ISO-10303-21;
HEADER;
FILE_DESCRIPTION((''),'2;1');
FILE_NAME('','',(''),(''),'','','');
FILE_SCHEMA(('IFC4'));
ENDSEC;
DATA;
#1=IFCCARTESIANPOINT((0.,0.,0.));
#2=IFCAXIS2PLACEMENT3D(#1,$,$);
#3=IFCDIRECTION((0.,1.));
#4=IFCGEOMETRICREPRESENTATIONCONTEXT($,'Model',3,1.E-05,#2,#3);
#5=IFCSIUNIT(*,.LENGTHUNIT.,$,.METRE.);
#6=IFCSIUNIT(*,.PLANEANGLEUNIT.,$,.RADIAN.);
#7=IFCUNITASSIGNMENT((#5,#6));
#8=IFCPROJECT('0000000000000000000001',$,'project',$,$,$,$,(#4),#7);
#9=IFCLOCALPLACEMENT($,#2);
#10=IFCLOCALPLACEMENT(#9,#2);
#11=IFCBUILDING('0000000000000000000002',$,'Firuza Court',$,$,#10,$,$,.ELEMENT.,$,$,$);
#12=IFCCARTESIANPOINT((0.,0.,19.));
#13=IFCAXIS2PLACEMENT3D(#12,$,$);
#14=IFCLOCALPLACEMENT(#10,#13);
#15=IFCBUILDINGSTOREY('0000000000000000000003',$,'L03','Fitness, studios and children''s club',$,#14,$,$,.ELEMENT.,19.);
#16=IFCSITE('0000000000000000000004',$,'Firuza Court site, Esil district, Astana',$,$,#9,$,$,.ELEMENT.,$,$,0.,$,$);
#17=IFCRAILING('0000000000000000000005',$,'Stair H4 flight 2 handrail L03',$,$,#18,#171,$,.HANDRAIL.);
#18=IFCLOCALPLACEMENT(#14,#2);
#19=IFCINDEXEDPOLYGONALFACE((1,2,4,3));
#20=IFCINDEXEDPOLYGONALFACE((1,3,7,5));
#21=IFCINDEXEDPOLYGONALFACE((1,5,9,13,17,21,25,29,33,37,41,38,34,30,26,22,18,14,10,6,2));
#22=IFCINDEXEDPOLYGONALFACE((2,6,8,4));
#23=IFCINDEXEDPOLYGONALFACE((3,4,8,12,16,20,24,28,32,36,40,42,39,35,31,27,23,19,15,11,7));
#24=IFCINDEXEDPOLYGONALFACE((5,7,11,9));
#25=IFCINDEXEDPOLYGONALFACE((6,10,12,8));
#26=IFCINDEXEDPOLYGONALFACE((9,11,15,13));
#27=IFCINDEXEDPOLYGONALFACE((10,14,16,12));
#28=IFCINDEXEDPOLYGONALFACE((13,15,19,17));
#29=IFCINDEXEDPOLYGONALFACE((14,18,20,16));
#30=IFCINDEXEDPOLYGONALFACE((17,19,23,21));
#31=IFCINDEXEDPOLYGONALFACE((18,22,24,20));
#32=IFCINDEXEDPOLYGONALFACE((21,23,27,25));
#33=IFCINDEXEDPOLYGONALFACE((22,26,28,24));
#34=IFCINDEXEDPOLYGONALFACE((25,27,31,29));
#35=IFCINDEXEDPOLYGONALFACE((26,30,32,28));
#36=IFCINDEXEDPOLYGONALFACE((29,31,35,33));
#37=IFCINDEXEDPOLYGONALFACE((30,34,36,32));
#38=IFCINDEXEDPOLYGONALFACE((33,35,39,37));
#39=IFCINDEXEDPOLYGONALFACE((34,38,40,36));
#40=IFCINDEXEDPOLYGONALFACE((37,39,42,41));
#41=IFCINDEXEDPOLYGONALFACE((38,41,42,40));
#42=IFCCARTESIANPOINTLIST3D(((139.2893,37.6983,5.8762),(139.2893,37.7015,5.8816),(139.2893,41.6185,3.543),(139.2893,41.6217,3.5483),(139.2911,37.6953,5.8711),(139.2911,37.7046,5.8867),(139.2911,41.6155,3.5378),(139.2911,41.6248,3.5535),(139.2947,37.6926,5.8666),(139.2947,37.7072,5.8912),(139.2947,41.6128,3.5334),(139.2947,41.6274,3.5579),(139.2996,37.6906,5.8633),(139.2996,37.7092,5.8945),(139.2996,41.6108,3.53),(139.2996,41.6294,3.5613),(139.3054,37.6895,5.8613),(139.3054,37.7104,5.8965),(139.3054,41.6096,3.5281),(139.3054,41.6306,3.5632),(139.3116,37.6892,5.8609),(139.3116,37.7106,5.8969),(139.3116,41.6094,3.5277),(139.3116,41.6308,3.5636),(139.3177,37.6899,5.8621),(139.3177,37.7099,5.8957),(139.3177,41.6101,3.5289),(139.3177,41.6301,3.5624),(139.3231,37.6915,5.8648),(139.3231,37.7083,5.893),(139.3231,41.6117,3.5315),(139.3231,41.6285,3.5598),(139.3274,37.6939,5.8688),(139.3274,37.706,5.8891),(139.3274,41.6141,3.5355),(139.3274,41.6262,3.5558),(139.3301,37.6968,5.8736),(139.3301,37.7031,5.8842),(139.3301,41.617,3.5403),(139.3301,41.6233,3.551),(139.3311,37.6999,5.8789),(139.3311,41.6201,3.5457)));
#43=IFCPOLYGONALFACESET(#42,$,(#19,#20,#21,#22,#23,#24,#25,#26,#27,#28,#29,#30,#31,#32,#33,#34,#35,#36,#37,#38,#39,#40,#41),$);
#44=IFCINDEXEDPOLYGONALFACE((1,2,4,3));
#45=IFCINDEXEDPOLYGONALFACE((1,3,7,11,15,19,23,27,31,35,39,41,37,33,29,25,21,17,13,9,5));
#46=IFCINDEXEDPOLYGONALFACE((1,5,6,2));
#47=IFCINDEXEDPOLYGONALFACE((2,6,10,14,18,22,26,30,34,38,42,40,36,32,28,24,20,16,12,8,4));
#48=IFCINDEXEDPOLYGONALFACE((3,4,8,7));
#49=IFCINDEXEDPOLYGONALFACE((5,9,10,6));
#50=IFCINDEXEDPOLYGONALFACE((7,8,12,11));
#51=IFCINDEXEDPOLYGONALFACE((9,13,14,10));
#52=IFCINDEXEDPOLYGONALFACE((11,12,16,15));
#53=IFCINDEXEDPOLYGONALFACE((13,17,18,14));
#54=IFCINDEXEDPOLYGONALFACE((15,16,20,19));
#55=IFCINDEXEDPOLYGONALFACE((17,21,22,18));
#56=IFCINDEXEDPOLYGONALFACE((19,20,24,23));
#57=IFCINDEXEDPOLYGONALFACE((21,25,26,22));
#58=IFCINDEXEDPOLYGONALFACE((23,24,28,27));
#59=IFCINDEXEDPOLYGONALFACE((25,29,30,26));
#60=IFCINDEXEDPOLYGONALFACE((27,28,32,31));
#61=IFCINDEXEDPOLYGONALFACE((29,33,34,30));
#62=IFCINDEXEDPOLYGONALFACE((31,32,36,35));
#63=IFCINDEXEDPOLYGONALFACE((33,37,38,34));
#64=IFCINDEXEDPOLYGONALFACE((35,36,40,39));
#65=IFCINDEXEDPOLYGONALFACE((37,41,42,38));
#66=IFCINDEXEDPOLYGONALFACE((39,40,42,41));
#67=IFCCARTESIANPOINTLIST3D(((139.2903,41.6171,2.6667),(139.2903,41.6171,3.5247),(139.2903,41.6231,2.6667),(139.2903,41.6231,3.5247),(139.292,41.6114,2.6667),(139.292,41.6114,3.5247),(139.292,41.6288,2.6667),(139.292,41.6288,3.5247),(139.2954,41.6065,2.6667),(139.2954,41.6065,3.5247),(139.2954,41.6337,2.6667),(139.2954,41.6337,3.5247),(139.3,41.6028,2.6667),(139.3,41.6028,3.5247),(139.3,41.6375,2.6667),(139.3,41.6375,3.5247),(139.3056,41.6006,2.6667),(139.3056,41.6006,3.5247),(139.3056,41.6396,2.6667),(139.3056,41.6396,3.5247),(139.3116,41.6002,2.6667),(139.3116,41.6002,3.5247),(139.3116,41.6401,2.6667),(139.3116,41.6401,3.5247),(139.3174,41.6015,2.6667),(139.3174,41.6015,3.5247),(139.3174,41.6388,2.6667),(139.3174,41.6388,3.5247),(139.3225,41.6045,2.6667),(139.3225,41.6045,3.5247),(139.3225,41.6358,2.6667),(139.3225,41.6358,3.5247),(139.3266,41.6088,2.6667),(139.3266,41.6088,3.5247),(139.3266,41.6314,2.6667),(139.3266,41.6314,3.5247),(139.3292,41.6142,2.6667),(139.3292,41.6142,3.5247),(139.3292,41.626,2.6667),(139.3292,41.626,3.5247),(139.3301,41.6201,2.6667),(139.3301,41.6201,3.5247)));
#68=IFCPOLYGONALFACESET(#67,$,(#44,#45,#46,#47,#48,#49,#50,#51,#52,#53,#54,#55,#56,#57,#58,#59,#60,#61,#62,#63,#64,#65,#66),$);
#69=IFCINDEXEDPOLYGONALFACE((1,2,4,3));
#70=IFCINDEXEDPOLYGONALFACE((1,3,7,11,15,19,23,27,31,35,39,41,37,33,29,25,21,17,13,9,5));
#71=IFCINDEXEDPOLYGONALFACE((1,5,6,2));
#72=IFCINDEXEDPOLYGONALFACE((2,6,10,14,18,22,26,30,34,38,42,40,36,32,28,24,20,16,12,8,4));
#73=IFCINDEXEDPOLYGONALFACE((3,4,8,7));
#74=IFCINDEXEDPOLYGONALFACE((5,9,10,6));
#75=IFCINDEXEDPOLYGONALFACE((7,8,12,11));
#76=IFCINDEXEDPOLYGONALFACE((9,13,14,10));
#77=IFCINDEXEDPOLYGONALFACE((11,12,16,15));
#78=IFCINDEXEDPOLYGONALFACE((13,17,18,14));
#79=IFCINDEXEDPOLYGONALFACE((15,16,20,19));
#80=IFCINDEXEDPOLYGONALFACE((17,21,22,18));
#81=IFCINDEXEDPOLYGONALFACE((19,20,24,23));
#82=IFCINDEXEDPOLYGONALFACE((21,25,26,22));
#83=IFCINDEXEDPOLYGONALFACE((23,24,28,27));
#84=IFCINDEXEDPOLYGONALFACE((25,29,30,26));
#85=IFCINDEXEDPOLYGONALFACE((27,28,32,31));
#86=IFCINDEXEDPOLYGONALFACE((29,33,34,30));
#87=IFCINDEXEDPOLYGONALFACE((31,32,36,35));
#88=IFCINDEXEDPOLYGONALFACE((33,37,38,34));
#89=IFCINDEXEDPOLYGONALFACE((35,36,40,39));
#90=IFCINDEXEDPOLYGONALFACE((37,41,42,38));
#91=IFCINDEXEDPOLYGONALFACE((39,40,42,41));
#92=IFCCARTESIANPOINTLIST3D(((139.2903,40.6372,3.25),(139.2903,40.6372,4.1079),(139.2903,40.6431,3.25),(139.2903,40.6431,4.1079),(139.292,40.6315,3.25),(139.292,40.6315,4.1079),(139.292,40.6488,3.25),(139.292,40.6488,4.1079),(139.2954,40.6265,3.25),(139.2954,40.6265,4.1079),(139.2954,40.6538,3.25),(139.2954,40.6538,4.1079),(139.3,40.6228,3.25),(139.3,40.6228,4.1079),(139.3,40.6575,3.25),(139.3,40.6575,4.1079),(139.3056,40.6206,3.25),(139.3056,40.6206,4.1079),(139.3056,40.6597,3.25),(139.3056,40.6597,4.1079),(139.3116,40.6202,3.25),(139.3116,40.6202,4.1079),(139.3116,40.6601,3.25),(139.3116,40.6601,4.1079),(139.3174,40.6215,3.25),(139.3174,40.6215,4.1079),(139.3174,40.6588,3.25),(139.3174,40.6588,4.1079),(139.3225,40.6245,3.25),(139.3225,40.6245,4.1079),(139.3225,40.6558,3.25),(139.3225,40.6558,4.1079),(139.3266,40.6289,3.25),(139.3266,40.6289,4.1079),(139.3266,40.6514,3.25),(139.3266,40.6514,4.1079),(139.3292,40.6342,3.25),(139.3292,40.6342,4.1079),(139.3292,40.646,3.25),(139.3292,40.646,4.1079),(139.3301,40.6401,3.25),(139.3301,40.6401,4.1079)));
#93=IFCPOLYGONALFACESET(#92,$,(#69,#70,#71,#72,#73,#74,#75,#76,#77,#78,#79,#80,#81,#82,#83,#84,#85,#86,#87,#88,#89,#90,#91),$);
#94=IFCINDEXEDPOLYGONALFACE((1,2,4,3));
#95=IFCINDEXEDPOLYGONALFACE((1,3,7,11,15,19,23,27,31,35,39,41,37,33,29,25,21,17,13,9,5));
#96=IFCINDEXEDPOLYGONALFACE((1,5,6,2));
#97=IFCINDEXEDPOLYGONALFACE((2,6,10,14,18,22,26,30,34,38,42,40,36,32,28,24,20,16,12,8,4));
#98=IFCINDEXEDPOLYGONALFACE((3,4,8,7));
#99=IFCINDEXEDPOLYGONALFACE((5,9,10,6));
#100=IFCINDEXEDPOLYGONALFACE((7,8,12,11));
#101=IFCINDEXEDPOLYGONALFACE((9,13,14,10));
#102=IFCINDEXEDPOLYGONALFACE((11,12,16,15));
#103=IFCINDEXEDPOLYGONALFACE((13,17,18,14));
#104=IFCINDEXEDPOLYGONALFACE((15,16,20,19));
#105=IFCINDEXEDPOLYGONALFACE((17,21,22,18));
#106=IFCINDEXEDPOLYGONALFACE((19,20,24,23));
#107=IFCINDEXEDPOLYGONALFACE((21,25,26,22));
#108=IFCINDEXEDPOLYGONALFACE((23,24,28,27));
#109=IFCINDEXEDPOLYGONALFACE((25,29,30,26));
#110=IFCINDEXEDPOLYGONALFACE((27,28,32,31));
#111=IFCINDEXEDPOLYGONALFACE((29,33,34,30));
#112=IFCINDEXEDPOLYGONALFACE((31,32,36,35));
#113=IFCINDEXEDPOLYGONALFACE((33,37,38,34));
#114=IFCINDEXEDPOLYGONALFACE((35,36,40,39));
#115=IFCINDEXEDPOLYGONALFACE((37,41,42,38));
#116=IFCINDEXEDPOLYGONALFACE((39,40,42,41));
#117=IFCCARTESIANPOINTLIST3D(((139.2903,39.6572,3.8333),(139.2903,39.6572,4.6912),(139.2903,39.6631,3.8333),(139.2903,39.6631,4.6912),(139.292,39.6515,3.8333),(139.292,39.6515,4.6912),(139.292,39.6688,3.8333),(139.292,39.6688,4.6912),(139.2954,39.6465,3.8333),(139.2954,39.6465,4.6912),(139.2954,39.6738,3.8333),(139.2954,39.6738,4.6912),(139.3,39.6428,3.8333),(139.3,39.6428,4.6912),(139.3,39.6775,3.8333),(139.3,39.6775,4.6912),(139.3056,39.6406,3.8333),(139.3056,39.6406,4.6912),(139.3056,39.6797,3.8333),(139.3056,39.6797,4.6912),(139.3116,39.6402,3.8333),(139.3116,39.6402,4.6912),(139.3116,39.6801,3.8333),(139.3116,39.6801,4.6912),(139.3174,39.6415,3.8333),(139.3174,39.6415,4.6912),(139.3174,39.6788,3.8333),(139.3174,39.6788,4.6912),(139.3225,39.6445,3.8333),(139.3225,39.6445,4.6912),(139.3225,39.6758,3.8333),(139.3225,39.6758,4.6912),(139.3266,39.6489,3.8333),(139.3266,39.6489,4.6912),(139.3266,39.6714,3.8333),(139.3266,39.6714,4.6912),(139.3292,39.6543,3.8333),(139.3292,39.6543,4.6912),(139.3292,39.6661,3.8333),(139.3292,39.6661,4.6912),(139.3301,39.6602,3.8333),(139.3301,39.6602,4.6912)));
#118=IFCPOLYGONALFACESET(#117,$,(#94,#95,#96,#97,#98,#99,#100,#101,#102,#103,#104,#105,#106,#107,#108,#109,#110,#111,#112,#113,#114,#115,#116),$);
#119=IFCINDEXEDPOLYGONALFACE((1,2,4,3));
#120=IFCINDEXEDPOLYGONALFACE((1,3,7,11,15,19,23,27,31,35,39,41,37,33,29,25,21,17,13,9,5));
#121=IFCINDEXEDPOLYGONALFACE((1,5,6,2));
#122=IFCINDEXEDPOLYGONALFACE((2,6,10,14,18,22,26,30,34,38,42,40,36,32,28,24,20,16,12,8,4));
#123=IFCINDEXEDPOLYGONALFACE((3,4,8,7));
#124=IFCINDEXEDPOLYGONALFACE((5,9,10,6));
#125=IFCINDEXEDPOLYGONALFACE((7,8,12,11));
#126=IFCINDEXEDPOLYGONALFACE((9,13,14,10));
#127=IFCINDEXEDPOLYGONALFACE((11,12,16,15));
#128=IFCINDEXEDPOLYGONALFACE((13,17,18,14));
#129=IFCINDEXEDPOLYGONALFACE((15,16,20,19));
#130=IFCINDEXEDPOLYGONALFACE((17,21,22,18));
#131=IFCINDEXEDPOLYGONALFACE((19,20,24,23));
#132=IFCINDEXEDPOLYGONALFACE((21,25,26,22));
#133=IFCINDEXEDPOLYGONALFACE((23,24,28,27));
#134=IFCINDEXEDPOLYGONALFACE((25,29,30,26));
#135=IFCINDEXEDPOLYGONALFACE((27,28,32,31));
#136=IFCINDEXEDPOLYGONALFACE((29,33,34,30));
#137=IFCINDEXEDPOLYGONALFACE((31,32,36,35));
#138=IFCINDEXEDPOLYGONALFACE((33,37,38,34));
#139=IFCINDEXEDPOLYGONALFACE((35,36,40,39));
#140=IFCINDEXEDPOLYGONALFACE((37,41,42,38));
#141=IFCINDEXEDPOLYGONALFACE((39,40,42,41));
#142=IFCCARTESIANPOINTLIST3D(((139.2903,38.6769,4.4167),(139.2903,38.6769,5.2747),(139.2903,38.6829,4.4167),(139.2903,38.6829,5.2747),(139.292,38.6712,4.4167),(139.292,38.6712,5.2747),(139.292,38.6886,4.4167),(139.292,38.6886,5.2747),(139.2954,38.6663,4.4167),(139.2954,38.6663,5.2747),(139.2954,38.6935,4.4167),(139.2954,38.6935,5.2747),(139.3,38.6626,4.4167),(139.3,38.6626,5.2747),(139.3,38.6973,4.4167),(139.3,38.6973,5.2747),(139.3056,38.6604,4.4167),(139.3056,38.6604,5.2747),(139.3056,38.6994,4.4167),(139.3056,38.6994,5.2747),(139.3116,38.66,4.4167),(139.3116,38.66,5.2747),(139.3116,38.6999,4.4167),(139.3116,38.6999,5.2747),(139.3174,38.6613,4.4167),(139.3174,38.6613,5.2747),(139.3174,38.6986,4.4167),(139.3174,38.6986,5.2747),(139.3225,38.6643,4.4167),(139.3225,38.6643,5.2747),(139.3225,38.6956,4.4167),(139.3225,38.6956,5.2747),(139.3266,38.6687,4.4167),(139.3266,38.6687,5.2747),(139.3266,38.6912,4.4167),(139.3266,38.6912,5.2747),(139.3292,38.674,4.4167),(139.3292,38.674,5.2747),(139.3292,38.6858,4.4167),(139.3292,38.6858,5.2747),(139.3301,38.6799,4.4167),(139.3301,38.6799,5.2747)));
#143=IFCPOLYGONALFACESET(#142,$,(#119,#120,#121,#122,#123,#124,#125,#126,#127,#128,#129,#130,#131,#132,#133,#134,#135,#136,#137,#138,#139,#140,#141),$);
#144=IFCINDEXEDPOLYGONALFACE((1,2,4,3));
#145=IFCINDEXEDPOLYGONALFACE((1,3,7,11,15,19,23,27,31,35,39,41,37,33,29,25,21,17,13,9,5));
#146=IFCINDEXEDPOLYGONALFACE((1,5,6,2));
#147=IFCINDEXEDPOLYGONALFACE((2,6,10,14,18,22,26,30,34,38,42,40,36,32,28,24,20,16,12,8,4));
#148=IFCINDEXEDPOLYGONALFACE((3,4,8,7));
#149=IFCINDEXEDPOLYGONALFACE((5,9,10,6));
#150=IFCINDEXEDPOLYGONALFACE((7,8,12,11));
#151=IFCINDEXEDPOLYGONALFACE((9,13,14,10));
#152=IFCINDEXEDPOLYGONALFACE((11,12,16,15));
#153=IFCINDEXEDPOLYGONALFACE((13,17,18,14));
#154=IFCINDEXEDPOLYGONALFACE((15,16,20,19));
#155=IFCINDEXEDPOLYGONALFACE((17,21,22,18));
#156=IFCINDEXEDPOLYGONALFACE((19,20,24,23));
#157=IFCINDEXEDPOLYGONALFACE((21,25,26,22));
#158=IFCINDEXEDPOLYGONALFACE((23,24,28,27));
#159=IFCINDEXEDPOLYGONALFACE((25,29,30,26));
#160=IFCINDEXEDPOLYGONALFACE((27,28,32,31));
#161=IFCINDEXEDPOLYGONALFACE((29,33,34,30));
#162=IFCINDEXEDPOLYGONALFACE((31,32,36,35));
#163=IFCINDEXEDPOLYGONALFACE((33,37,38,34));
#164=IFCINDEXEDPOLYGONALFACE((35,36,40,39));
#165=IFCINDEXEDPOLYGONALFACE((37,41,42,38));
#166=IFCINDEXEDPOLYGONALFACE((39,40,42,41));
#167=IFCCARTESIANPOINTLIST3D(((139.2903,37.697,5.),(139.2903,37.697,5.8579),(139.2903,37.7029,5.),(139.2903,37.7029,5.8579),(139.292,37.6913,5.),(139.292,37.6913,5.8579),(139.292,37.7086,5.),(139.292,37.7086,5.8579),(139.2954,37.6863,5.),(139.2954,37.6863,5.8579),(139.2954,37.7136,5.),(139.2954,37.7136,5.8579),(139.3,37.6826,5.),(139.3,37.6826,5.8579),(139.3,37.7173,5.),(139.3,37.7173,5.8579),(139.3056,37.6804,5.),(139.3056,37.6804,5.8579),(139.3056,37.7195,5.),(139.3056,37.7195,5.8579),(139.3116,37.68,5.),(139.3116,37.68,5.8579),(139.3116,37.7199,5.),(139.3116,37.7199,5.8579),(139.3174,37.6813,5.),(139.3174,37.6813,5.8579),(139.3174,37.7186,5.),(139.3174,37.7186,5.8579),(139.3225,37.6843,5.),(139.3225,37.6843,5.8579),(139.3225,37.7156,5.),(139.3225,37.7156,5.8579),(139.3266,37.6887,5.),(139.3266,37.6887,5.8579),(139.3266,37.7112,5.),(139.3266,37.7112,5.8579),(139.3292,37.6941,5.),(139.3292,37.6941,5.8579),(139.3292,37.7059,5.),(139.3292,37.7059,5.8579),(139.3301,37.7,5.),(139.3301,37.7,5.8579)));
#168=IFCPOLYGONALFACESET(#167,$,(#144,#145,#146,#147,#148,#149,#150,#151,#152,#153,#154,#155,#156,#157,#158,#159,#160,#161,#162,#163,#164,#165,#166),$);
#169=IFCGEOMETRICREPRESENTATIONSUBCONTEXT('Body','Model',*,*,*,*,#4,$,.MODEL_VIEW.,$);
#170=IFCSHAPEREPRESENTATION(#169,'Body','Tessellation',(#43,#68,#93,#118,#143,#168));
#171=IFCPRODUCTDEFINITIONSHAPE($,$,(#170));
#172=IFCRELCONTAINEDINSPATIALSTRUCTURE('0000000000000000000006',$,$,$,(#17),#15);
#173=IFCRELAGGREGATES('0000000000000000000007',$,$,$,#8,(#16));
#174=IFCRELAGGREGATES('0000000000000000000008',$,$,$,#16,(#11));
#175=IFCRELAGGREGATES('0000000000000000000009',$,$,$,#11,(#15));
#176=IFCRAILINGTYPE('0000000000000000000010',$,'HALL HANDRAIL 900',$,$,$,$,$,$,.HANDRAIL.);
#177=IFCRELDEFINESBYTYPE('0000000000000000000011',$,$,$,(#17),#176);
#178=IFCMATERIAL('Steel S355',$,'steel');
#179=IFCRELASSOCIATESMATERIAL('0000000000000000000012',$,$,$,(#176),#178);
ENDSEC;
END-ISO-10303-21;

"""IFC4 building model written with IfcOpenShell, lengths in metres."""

from ifc_helpers import new_model, si_unit, direction, frame, origin, origin_2d, place, context, subcontext, project, spatial, circle, extrude, material, type_object, element, save


model = new_model("IFC4")

# Units and contexts
model_context = context("Model", 3, precision=1e-05, world=origin(), true_north=direction((0.0, 1.0)))
body_context = subcontext(model_context, "Body", "Model", "MODEL_VIEW")
ifc_project = project(units=[si_unit("LENGTHUNIT", "METRE"), si_unit("PLANEANGLEUNIT", "RADIAN")], contexts=[model_context])

# Site, building, storey
site_placement = place(None, origin())
site = spatial("IfcSite", under=ifc_project, at=site_placement, Name="Firuza Court site, Esil district, Astana", CompositionType="ELEMENT", RefElevation=0.0)
building_placement = place(site_placement, origin())
building = spatial("IfcBuilding", under=site, at=building_placement, Name="Firuza Court", CompositionType="ELEMENT")
storey_placement = place(building_placement, frame((0.0, 0.0, 19.0)))
storey = spatial("IfcBuildingStorey", under=building, at=storey_placement, Name="L03", Description="Fitness, studios and children's club", CompositionType="ELEMENT", Elevation=19.0)

# Railing
ifc_material_1 = material(Name="Steel S355", Category="steel")
railing_type_1 = type_object("IfcRailingType", Name="HALL HANDRAIL 900", PredefinedType="HANDRAIL", material=ifc_material_1)
railing_1_placement = place(storey_placement, frame((139.3101, 41.6201, 2.6667)))
element("IfcRailing", 1, at=railing_1_placement, inside=storey, type_object=railing_type_1, Name="Stair H4 flight 2 handrail L03", PredefinedType="HANDRAIL", context=body_context, shape_type="SweptSolid", body=[
    extrude(circle(Radius=0.021, at=origin_2d()), frame((0.0, 0.0, 0.8789), z_axis=(0.0, -0.85931, 0.511455), x_axis=(1.0, 0.0, 0.0)), (0.0, 0.0, 1.0), 4.562),
    extrude(circle(Radius=0.02, at=origin_2d()), origin(), (0.0, 0.0, 1.0), 0.8579),
    extrude(circle(Radius=0.02, at=origin_2d()), frame((0.0, -0.98, 0.5833)), (0.0, 0.0, 1.0), 0.8579),
    extrude(circle(Radius=0.02, at=origin_2d()), frame((0.0, -1.96, 1.1665)), (0.0, 0.0, 1.0), 0.8579),
    extrude(circle(Radius=0.02, at=origin_2d()), frame((0.0, -2.9402, 1.75)), (0.0, 0.0, 1.0), 0.8579),
    extrude(circle(Radius=0.02, at=origin_2d()), frame((0.0, -3.9202, 2.3333)), (0.0, 0.0, 1.0), 0.8579),
])

save(model, "model.ifc")
